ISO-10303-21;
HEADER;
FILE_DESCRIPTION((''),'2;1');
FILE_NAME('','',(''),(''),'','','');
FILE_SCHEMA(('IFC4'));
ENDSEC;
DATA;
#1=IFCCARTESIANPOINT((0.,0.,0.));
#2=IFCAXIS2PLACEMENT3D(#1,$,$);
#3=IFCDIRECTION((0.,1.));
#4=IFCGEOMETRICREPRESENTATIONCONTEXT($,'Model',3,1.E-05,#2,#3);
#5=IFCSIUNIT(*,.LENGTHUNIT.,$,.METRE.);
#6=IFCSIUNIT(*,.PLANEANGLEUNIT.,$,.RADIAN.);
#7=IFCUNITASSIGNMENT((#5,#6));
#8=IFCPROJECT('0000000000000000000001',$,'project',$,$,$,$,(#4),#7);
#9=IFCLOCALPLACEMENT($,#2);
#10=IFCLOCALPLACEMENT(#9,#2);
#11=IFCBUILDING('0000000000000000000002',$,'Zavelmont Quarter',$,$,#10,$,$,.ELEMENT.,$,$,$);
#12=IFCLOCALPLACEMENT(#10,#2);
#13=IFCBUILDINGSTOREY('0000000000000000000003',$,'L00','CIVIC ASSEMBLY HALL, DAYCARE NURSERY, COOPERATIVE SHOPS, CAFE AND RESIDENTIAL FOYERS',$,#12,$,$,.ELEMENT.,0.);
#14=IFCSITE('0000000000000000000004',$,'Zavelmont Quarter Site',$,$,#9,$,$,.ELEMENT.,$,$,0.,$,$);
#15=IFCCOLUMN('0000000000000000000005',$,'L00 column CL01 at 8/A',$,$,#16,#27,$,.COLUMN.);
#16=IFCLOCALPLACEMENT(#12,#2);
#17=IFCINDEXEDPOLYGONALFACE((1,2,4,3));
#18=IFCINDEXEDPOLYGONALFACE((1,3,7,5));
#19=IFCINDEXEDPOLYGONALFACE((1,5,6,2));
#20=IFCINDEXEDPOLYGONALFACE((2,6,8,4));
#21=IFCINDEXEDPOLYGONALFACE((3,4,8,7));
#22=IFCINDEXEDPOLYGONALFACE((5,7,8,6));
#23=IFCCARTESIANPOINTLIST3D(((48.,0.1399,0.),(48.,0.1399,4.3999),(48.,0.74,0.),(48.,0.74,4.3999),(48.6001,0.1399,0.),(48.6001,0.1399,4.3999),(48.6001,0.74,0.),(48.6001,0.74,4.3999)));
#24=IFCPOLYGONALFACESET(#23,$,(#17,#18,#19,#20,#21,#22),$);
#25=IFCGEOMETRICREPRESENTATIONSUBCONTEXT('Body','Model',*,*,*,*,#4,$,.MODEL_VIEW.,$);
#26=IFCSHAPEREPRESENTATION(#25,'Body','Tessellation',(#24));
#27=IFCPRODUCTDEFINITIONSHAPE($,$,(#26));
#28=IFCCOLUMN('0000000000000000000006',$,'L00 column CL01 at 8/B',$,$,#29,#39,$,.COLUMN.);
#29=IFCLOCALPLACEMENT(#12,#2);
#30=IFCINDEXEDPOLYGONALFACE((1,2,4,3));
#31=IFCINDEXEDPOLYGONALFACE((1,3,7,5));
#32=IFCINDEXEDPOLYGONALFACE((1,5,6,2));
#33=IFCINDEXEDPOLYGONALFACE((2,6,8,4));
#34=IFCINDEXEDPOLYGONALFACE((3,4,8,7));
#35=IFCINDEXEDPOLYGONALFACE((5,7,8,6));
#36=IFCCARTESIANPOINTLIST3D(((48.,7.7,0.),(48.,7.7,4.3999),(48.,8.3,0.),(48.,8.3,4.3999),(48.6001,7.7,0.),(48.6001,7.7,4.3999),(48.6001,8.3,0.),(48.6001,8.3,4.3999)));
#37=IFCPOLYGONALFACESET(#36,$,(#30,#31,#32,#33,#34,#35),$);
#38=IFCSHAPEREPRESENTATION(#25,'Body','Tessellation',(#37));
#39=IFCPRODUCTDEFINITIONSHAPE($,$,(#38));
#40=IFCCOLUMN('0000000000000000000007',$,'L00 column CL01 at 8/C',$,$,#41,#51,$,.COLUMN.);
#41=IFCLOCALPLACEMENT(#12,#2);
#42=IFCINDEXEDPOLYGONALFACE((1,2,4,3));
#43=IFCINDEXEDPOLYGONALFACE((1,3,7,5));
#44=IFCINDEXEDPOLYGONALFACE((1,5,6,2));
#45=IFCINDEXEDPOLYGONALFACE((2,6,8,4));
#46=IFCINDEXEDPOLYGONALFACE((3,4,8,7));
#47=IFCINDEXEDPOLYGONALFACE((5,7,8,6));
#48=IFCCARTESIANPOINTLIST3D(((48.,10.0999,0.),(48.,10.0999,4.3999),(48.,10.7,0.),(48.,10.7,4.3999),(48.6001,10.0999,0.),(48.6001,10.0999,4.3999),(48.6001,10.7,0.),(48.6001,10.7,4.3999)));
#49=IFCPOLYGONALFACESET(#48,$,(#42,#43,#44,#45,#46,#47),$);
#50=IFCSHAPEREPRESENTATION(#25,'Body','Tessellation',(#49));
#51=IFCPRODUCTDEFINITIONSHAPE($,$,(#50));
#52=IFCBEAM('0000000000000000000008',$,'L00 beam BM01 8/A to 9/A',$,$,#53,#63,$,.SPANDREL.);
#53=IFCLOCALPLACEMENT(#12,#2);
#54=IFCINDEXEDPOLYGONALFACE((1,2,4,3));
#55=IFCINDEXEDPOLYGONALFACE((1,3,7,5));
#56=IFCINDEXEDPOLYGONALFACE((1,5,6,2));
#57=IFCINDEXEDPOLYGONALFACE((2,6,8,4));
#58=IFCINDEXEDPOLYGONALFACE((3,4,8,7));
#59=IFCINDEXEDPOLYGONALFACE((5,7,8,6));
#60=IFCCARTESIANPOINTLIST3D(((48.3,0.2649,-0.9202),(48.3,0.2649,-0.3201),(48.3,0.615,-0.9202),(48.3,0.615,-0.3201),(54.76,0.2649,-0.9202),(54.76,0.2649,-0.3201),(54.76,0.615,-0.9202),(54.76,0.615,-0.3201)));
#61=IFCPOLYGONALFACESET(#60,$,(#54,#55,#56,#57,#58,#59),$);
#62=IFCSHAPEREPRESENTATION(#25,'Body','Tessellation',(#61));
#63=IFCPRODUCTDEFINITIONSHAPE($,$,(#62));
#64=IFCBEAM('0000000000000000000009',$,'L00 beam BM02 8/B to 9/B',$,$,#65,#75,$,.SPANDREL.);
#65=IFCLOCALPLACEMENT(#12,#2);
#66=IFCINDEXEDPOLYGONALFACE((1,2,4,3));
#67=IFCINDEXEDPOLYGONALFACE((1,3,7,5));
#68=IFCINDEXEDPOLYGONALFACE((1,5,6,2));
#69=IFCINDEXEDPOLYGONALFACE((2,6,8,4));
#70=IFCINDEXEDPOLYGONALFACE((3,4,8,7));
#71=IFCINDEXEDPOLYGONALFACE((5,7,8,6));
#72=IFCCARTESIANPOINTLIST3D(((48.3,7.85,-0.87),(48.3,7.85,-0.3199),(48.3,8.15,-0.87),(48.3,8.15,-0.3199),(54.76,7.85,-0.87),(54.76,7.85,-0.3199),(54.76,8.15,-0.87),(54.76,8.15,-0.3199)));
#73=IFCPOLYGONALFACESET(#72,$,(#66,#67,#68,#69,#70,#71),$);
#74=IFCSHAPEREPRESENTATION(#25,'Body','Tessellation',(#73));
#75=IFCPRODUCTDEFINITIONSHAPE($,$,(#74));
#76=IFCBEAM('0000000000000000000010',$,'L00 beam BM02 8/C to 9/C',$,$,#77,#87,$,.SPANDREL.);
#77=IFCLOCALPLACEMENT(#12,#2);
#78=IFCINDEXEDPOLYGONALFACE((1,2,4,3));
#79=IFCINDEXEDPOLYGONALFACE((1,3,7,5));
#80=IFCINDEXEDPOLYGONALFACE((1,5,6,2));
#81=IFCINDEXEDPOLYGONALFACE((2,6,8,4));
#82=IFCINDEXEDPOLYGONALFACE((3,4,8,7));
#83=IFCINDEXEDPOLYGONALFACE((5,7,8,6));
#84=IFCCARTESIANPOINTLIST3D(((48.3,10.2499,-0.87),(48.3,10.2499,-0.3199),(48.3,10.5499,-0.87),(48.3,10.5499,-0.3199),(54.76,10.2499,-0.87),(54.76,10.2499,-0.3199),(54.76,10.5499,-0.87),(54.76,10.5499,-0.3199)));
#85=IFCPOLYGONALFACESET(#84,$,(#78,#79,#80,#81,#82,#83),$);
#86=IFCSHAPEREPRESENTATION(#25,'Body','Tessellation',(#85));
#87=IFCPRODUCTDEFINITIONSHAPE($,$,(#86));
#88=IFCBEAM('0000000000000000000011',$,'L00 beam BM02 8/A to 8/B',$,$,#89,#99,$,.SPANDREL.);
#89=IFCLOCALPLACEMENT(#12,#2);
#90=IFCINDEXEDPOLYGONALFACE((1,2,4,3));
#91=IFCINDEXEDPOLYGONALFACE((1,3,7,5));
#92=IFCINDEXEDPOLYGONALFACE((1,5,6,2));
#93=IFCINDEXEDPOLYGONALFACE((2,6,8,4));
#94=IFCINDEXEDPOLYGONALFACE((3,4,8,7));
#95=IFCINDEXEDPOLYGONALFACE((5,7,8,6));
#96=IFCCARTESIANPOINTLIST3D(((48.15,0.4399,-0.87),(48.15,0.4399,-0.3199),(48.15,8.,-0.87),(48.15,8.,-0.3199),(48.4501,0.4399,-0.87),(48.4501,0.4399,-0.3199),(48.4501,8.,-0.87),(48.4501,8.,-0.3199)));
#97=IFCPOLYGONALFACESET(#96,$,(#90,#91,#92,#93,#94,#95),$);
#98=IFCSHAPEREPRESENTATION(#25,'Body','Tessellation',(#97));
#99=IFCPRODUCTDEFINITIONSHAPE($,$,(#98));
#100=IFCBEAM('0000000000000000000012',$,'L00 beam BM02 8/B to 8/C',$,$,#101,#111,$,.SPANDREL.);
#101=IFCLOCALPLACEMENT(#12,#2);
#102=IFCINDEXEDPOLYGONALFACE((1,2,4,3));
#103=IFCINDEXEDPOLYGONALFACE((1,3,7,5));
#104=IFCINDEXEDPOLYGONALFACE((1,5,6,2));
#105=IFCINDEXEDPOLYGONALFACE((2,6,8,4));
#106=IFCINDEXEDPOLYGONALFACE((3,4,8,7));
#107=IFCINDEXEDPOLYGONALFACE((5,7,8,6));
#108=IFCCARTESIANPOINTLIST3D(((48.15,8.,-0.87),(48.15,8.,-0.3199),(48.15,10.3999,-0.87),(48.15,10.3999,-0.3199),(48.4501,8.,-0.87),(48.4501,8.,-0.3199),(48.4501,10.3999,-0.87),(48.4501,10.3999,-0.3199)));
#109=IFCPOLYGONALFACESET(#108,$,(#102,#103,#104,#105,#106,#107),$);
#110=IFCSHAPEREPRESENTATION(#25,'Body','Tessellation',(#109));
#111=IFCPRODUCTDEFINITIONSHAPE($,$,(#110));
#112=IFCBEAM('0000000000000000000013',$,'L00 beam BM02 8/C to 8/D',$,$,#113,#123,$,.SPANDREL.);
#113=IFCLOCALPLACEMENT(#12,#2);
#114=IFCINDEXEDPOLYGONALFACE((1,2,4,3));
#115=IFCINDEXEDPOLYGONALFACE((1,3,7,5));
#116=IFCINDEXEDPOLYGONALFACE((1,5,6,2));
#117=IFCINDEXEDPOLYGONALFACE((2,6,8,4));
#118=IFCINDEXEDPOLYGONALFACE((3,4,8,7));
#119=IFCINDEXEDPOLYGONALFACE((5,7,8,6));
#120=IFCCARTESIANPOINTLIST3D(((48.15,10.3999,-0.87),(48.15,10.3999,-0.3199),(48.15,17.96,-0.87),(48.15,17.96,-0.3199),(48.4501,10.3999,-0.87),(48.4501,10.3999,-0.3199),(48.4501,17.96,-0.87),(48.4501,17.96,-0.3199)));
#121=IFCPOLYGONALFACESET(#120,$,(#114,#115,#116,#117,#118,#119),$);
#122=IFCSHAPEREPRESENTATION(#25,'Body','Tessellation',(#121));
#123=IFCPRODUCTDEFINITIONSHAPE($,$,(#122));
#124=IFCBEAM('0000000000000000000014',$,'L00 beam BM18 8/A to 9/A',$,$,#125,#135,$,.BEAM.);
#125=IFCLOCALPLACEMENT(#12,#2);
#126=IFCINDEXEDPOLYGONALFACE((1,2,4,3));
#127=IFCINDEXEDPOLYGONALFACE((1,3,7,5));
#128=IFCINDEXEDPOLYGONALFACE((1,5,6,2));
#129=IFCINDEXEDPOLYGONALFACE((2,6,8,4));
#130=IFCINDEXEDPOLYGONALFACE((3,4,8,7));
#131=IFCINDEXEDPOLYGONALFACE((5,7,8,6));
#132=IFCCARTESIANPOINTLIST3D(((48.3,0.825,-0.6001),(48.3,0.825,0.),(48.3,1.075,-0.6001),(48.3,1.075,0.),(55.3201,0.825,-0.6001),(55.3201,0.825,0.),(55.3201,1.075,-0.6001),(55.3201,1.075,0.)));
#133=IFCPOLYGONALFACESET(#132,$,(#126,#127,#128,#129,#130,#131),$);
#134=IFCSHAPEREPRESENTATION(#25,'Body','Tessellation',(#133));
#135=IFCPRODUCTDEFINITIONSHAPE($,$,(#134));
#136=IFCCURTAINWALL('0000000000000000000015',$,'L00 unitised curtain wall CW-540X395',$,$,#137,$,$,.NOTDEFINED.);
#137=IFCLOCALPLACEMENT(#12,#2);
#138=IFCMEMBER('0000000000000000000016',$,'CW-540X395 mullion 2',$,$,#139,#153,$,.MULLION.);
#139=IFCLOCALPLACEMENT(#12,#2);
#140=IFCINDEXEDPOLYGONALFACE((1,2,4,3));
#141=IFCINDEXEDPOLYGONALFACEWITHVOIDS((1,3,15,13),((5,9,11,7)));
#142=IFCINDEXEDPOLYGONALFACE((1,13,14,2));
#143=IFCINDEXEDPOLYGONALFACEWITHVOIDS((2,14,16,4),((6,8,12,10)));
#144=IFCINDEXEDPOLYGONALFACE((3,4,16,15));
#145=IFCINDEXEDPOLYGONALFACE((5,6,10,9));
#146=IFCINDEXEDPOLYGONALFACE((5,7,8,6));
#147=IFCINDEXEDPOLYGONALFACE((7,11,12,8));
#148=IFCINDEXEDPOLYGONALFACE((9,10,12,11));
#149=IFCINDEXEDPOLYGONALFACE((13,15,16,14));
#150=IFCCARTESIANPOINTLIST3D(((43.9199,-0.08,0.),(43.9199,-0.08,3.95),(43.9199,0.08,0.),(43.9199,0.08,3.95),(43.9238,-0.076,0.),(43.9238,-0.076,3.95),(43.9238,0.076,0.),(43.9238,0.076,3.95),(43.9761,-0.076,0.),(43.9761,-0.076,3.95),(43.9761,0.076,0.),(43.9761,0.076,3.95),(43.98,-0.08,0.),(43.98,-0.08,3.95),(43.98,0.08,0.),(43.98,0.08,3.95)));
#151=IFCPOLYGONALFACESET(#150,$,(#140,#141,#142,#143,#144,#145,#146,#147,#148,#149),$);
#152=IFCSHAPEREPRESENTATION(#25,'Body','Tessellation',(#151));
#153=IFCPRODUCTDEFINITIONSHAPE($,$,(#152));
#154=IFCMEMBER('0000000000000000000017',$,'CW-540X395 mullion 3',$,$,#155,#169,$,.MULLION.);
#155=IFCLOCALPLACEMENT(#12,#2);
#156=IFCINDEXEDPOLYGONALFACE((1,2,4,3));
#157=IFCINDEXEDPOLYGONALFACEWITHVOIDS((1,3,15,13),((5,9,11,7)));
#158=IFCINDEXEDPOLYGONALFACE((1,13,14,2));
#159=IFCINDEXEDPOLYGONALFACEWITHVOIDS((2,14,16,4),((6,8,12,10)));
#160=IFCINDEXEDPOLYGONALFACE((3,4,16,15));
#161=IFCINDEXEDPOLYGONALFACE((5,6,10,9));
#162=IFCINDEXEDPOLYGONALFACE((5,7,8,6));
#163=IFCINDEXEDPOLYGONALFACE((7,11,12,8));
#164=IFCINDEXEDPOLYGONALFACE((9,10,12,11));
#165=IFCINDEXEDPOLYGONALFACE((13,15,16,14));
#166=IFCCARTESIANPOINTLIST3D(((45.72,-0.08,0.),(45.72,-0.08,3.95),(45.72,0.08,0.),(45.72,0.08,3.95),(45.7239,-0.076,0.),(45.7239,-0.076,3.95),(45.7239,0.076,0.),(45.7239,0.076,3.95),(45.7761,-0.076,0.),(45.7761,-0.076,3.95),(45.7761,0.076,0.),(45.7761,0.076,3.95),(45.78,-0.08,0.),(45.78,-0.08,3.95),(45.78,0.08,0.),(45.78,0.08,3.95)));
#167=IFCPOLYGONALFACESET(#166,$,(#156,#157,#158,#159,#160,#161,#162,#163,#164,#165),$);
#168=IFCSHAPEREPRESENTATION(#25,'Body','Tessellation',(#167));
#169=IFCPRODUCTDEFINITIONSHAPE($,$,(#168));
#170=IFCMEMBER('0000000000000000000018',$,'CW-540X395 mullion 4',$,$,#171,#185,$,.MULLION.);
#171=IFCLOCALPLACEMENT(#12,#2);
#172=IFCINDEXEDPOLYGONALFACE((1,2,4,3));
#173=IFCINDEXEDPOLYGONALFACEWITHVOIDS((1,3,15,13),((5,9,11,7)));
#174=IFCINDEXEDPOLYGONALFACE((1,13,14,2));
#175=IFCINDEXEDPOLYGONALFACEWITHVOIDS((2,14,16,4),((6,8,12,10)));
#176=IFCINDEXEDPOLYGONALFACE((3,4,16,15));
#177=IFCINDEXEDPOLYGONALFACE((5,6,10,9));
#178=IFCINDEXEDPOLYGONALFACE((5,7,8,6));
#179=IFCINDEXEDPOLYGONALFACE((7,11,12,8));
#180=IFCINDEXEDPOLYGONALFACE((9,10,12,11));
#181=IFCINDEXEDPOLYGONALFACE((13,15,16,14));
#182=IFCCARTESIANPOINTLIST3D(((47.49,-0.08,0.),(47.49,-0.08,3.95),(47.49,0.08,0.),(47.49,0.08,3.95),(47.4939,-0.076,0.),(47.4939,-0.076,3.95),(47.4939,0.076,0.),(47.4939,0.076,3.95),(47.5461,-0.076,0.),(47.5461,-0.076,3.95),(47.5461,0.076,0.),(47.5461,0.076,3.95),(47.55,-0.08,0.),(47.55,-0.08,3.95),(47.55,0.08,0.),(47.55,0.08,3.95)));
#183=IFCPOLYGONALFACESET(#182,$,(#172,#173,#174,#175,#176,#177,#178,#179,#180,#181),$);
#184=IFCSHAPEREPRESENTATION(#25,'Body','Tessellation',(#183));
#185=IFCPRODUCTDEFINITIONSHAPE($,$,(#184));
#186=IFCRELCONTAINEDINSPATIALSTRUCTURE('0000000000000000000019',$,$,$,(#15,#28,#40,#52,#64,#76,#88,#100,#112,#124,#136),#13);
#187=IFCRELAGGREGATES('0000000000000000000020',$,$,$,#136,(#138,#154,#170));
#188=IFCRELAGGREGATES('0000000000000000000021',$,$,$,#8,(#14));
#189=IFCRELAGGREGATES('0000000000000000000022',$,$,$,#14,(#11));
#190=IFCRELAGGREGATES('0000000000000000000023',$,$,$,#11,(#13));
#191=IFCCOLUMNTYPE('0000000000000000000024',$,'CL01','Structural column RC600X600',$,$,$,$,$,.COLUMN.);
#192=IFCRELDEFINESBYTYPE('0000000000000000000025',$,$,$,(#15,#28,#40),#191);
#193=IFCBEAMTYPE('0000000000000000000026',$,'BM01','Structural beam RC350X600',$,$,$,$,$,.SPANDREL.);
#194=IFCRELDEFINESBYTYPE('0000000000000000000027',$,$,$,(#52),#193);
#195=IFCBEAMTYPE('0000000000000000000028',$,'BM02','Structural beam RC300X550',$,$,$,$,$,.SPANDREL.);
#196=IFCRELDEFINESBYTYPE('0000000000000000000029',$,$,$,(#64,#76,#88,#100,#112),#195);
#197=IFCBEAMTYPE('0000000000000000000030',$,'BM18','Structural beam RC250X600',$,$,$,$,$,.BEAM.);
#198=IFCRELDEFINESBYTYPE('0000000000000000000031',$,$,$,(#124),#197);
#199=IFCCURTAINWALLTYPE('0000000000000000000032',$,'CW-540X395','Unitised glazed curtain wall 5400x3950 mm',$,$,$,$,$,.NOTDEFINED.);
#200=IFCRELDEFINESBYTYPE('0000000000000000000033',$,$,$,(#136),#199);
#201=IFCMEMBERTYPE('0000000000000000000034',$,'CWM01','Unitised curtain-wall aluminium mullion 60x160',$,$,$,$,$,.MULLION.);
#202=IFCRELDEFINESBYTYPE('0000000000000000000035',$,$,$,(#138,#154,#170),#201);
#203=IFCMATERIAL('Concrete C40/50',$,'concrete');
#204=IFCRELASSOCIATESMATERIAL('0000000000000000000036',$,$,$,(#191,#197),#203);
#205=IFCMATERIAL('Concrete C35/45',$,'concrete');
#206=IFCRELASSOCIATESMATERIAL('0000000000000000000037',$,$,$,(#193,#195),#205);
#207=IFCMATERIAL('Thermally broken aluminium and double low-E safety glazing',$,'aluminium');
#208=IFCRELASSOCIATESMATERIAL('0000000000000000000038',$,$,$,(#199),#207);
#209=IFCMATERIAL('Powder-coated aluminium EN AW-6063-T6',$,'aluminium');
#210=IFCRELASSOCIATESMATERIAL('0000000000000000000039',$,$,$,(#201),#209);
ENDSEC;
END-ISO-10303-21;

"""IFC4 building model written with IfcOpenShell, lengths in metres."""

from ifc_helpers import new_model, si_unit, direction, frame, origin, origin_2d, place, context, subcontext, project, spatial, rectangle, hollow_rectangle, extrude, material, material_profile, profile_set, type_object, element, aggregate, save


model = new_model("IFC4")

# Units and contexts
model_context = context("Model", 3, precision=1e-05, world=origin(), true_north=direction((0.0, 1.0)))
body_context = subcontext(model_context, "Body", "Model", "MODEL_VIEW")
ifc_project = project(units=[si_unit("LENGTHUNIT", "METRE"), si_unit("PLANEANGLEUNIT", "RADIAN")], contexts=[model_context])

# Site, building, storey
site_placement = place(None, origin())
site = spatial("IfcSite", under=ifc_project, at=site_placement, Name="Zavelmont Quarter Site", CompositionType="ELEMENT", RefElevation=0.0)
building_placement = place(site_placement, origin())
building = spatial("IfcBuilding", under=site, at=building_placement, Name="Zavelmont Quarter", CompositionType="ELEMENT")
storey_placement = place(building_placement, origin())
storey = spatial("IfcBuildingStorey", under=building, at=storey_placement, Name="L00", Description="CIVIC ASSEMBLY HALL, DAYCARE NURSERY, COOPERATIVE SHOPS, CAFE AND RESIDENTIAL FOYERS", CompositionType="ELEMENT", Elevation=0.0)

# Columns
ifc_material_1 = material(Name="Concrete C40/50", Category="concrete")
ifc_material_profile_1 = material_profile(ifc_material_1, rectangle(XDim=0.6001, YDim=0.6001, at=origin_2d()), Name="RC600X600")
ifc_profile_set_1 = profile_set([ifc_material_profile_1], Name="Concrete C40/50")
column_type = type_object("IfcColumnType", Name="CL01", Description="Structural column RC600X600", PredefinedType="COLUMN", material=ifc_profile_set_1)
for number, where, z_axis, x_axis, name in (
    (1, (48.3, 0.4399, 0.0), (0.0, 0.0, 1.0), (1.0, 0.0, 0.0), "L00 column CL01 at 8/A"),
    (2, (48.3, 8.0, 0.0), (0.0, 0.0, 1.0), (1.0, 0.0, 0.0), "L00 column CL01 at 8/B"),
    (3, (48.3, 10.3999, 0.0), (0.0, 0.0, 1.0), (1.0, 0.0, 0.0), "L00 column CL01 at 8/C"),
):
    element("IfcColumn", number, at=place(storey_placement, frame(where, z_axis=z_axis, x_axis=x_axis)), inside=storey, type_object=column_type, Name=name, PredefinedType="COLUMN", context=body_context, shape_type="SweptSolid", body=[
        extrude(rectangle(XDim=0.6001, YDim=0.6001, at=origin_2d()), origin(), (0.0, 0.0, 1.0), 4.3999),
    ])

# Beams
ifc_material_2 = material(Name="Concrete C35/45", Category="concrete")
ifc_material_profile_2 = material_profile(ifc_material_2, rectangle(XDim=0.3501, YDim=0.6001, at=origin_2d()), Name="RC350X600")
ifc_profile_set_2 = profile_set([ifc_material_profile_2], Name="Concrete C35/45")
beam_type_1 = type_object("IfcBeamType", Name="BM01", Description="Structural beam RC350X600", PredefinedType="SPANDREL", material=ifc_profile_set_2)
beam_1_placement = place(storey_placement, frame((48.3, 0.4399, -0.6201), z_axis=(1.0, 0.0, 0.0), x_axis=(0.0, 1.0, 0.0)))
element("IfcBeam", 4, at=beam_1_placement, inside=storey, type_object=beam_type_1, Name="L00 beam BM01 8/A to 9/A", PredefinedType="SPANDREL", context=body_context, shape_type="SweptSolid", body=[
    extrude(rectangle(XDim=0.3501, YDim=0.6001, at=origin_2d()), origin(), (0.0, 0.0, 1.0), 6.46),
])
ifc_material_profile_3 = material_profile(ifc_material_2, rectangle(XDim=0.3, YDim=0.55, at=origin_2d()), Name="RC300X550")
ifc_profile_set_3 = profile_set([ifc_material_profile_3], Name="Concrete C35/45")
beam_type_2 = type_object("IfcBeamType", Name="BM02", Description="Structural beam RC300X550", PredefinedType="SPANDREL", material=ifc_profile_set_3)
for number, where, z_axis, x_axis, name in (
    (5, (48.3, 8.0, -0.595), (1.0, 0.0, 0.0), (0.0, 1.0, 0.0), "L00 beam BM02 8/B to 9/B"),
    (6, (48.3, 10.3999, -0.595), (1.0, 0.0, 0.0), (0.0, 1.0, 0.0), "L00 beam BM02 8/C to 9/C"),
):
    element("IfcBeam", number, at=place(storey_placement, frame(where, z_axis=z_axis, x_axis=x_axis)), inside=storey, type_object=beam_type_2, Name=name, PredefinedType="SPANDREL", context=body_context, shape_type="SweptSolid", body=[
        extrude(rectangle(XDim=0.3, YDim=0.55, at=origin_2d()), origin(), (0.0, 0.0, 1.0), 6.46),
    ])
beam_2_placement = place(storey_placement, frame((48.3, 0.4399, -0.595), z_axis=(0.0, 1.0, 0.0), x_axis=(-1.0, 0.0, 0.0)))
element("IfcBeam", 7, at=beam_2_placement, inside=storey, type_object=beam_type_2, Name="L00 beam BM02 8/A to 8/B", PredefinedType="SPANDREL", context=body_context, shape_type="SweptSolid", body=[
    extrude(rectangle(XDim=0.3, YDim=0.55, at=origin_2d()), origin(), (0.0, 0.0, 1.0), 7.5601),
])
beam_3_placement = place(storey_placement, frame((48.3, 8.0, -0.595), z_axis=(0.0, 1.0, 0.0), x_axis=(-1.0, 0.0, 0.0)))
element("IfcBeam", 8, at=beam_3_placement, inside=storey, type_object=beam_type_2, Name="L00 beam BM02 8/B to 8/C", PredefinedType="SPANDREL", context=body_context, shape_type="SweptSolid", body=[
    extrude(rectangle(XDim=0.3, YDim=0.55, at=origin_2d()), origin(), (0.0, 0.0, 1.0), 2.3999),
])
beam_4_placement = place(storey_placement, frame((48.3, 10.3999, -0.595), z_axis=(0.0, 1.0, 0.0), x_axis=(-1.0, 0.0, 0.0)))
element("IfcBeam", 9, at=beam_4_placement, inside=storey, type_object=beam_type_2, Name="L00 beam BM02 8/C to 8/D", PredefinedType="SPANDREL", context=body_context, shape_type="SweptSolid", body=[
    extrude(rectangle(XDim=0.3, YDim=0.55, at=origin_2d()), origin(), (0.0, 0.0, 1.0), 7.5601),
])
ifc_material_profile_4 = material_profile(ifc_material_1, rectangle(XDim=0.25, YDim=0.6001, at=origin_2d()), Name="RC250X600")
ifc_profile_set_4 = profile_set([ifc_material_profile_4], Name="Concrete C40/50")
beam_type_3 = type_object("IfcBeamType", Name="BM18", Description="Structural beam RC250X600", PredefinedType="BEAM", material=ifc_profile_set_4)
beam_5_placement = place(storey_placement, frame((48.3, 0.95, -0.3), z_axis=(1.0, 0.0, 0.0), x_axis=(0.0, 1.0, 0.0)))
element("IfcBeam", 10, at=beam_5_placement, inside=storey, type_object=beam_type_3, Name="L00 beam BM18 8/A to 9/A", PredefinedType="BEAM", context=body_context, shape_type="SweptSolid", body=[
    extrude(rectangle(XDim=0.25, YDim=0.6001, at=origin_2d()), origin(), (0.0, 0.0, 1.0), 7.02),
])

# Curtain wall, members
ifc_material_3 = material(Name="Thermally broken aluminium and double low-E safety glazing", Category="aluminium")
curtain_wall_type = type_object("IfcCurtainWallType", Name="CW-540X395", Description="Unitised glazed curtain wall 5400x3950 mm", PredefinedType="NOTDEFINED", material=ifc_material_3)
curtain_wall_placement = place(storey_placement, origin())
curtain_wall = element("IfcCurtainWall", 11, at=curtain_wall_placement, inside=storey, type_object=curtain_wall_type, Name="L00 unitised curtain wall CW-540X395", PredefinedType="NOTDEFINED")
ifc_material_4 = material(Name="Powder-coated aluminium EN AW-6063-T6", Category="aluminium")
ifc_material_profile_5 = material_profile(ifc_material_4, hollow_rectangle(XDim=0.0601, YDim=0.1599, WallThickness=0.0039, at=origin_2d()), Name="CWM60X160")
ifc_profile_set_5 = profile_set([ifc_material_profile_5], Name="Powder-coated aluminium EN AW-6063-T6")
member_type_1 = type_object("IfcMemberType", Name="CWM01", Description="Unitised curtain-wall aluminium mullion 60x160", PredefinedType="MULLION", material=ifc_profile_set_5)
member_1_placement = place(storey_placement, frame((43.95, 0.0, 0.0), z_axis=(0.0, 0.0, 1.0), x_axis=(1.0, 0.0, 0.0)))
member_1 = element("IfcMember", 12, at=member_1_placement, type_object=member_type_1, Name="CW-540X395 mullion 2", PredefinedType="MULLION", context=body_context, shape_type="SweptSolid", body=[
    extrude(hollow_rectangle(XDim=0.0601, YDim=0.1599, WallThickness=0.0039, at=origin_2d()), origin(), (0.0, 0.0, 1.0), 3.95),
])
member_2_placement = place(storey_placement, frame((45.75, 0.0, 0.0), z_axis=(0.0, 0.0, 1.0), x_axis=(1.0, 0.0, 0.0)))
member_2 = element("IfcMember", 13, at=member_2_placement, type_object=member_type_1, Name="CW-540X395 mullion 3", PredefinedType="MULLION", context=body_context, shape_type="SweptSolid", body=[
    extrude(hollow_rectangle(XDim=0.0601, YDim=0.1599, WallThickness=0.0039, at=origin_2d()), origin(), (0.0, 0.0, 1.0), 3.95),
])
member_3_placement = place(storey_placement, frame((47.52, 0.0, 0.0), z_axis=(0.0, 0.0, 1.0), x_axis=(1.0, 0.0, 0.0)))
member_3 = element("IfcMember", 14, at=member_3_placement, type_object=member_type_1, Name="CW-540X395 mullion 4", PredefinedType="MULLION", context=body_context, shape_type="SweptSolid", body=[
    extrude(hollow_rectangle(XDim=0.0601, YDim=0.1599, WallThickness=0.0039, at=origin_2d()), origin(), (0.0, 0.0, 1.0), 3.95),
])

aggregate(curtain_wall, [member_1, member_2, member_3])

save(model, "model.ifc")
